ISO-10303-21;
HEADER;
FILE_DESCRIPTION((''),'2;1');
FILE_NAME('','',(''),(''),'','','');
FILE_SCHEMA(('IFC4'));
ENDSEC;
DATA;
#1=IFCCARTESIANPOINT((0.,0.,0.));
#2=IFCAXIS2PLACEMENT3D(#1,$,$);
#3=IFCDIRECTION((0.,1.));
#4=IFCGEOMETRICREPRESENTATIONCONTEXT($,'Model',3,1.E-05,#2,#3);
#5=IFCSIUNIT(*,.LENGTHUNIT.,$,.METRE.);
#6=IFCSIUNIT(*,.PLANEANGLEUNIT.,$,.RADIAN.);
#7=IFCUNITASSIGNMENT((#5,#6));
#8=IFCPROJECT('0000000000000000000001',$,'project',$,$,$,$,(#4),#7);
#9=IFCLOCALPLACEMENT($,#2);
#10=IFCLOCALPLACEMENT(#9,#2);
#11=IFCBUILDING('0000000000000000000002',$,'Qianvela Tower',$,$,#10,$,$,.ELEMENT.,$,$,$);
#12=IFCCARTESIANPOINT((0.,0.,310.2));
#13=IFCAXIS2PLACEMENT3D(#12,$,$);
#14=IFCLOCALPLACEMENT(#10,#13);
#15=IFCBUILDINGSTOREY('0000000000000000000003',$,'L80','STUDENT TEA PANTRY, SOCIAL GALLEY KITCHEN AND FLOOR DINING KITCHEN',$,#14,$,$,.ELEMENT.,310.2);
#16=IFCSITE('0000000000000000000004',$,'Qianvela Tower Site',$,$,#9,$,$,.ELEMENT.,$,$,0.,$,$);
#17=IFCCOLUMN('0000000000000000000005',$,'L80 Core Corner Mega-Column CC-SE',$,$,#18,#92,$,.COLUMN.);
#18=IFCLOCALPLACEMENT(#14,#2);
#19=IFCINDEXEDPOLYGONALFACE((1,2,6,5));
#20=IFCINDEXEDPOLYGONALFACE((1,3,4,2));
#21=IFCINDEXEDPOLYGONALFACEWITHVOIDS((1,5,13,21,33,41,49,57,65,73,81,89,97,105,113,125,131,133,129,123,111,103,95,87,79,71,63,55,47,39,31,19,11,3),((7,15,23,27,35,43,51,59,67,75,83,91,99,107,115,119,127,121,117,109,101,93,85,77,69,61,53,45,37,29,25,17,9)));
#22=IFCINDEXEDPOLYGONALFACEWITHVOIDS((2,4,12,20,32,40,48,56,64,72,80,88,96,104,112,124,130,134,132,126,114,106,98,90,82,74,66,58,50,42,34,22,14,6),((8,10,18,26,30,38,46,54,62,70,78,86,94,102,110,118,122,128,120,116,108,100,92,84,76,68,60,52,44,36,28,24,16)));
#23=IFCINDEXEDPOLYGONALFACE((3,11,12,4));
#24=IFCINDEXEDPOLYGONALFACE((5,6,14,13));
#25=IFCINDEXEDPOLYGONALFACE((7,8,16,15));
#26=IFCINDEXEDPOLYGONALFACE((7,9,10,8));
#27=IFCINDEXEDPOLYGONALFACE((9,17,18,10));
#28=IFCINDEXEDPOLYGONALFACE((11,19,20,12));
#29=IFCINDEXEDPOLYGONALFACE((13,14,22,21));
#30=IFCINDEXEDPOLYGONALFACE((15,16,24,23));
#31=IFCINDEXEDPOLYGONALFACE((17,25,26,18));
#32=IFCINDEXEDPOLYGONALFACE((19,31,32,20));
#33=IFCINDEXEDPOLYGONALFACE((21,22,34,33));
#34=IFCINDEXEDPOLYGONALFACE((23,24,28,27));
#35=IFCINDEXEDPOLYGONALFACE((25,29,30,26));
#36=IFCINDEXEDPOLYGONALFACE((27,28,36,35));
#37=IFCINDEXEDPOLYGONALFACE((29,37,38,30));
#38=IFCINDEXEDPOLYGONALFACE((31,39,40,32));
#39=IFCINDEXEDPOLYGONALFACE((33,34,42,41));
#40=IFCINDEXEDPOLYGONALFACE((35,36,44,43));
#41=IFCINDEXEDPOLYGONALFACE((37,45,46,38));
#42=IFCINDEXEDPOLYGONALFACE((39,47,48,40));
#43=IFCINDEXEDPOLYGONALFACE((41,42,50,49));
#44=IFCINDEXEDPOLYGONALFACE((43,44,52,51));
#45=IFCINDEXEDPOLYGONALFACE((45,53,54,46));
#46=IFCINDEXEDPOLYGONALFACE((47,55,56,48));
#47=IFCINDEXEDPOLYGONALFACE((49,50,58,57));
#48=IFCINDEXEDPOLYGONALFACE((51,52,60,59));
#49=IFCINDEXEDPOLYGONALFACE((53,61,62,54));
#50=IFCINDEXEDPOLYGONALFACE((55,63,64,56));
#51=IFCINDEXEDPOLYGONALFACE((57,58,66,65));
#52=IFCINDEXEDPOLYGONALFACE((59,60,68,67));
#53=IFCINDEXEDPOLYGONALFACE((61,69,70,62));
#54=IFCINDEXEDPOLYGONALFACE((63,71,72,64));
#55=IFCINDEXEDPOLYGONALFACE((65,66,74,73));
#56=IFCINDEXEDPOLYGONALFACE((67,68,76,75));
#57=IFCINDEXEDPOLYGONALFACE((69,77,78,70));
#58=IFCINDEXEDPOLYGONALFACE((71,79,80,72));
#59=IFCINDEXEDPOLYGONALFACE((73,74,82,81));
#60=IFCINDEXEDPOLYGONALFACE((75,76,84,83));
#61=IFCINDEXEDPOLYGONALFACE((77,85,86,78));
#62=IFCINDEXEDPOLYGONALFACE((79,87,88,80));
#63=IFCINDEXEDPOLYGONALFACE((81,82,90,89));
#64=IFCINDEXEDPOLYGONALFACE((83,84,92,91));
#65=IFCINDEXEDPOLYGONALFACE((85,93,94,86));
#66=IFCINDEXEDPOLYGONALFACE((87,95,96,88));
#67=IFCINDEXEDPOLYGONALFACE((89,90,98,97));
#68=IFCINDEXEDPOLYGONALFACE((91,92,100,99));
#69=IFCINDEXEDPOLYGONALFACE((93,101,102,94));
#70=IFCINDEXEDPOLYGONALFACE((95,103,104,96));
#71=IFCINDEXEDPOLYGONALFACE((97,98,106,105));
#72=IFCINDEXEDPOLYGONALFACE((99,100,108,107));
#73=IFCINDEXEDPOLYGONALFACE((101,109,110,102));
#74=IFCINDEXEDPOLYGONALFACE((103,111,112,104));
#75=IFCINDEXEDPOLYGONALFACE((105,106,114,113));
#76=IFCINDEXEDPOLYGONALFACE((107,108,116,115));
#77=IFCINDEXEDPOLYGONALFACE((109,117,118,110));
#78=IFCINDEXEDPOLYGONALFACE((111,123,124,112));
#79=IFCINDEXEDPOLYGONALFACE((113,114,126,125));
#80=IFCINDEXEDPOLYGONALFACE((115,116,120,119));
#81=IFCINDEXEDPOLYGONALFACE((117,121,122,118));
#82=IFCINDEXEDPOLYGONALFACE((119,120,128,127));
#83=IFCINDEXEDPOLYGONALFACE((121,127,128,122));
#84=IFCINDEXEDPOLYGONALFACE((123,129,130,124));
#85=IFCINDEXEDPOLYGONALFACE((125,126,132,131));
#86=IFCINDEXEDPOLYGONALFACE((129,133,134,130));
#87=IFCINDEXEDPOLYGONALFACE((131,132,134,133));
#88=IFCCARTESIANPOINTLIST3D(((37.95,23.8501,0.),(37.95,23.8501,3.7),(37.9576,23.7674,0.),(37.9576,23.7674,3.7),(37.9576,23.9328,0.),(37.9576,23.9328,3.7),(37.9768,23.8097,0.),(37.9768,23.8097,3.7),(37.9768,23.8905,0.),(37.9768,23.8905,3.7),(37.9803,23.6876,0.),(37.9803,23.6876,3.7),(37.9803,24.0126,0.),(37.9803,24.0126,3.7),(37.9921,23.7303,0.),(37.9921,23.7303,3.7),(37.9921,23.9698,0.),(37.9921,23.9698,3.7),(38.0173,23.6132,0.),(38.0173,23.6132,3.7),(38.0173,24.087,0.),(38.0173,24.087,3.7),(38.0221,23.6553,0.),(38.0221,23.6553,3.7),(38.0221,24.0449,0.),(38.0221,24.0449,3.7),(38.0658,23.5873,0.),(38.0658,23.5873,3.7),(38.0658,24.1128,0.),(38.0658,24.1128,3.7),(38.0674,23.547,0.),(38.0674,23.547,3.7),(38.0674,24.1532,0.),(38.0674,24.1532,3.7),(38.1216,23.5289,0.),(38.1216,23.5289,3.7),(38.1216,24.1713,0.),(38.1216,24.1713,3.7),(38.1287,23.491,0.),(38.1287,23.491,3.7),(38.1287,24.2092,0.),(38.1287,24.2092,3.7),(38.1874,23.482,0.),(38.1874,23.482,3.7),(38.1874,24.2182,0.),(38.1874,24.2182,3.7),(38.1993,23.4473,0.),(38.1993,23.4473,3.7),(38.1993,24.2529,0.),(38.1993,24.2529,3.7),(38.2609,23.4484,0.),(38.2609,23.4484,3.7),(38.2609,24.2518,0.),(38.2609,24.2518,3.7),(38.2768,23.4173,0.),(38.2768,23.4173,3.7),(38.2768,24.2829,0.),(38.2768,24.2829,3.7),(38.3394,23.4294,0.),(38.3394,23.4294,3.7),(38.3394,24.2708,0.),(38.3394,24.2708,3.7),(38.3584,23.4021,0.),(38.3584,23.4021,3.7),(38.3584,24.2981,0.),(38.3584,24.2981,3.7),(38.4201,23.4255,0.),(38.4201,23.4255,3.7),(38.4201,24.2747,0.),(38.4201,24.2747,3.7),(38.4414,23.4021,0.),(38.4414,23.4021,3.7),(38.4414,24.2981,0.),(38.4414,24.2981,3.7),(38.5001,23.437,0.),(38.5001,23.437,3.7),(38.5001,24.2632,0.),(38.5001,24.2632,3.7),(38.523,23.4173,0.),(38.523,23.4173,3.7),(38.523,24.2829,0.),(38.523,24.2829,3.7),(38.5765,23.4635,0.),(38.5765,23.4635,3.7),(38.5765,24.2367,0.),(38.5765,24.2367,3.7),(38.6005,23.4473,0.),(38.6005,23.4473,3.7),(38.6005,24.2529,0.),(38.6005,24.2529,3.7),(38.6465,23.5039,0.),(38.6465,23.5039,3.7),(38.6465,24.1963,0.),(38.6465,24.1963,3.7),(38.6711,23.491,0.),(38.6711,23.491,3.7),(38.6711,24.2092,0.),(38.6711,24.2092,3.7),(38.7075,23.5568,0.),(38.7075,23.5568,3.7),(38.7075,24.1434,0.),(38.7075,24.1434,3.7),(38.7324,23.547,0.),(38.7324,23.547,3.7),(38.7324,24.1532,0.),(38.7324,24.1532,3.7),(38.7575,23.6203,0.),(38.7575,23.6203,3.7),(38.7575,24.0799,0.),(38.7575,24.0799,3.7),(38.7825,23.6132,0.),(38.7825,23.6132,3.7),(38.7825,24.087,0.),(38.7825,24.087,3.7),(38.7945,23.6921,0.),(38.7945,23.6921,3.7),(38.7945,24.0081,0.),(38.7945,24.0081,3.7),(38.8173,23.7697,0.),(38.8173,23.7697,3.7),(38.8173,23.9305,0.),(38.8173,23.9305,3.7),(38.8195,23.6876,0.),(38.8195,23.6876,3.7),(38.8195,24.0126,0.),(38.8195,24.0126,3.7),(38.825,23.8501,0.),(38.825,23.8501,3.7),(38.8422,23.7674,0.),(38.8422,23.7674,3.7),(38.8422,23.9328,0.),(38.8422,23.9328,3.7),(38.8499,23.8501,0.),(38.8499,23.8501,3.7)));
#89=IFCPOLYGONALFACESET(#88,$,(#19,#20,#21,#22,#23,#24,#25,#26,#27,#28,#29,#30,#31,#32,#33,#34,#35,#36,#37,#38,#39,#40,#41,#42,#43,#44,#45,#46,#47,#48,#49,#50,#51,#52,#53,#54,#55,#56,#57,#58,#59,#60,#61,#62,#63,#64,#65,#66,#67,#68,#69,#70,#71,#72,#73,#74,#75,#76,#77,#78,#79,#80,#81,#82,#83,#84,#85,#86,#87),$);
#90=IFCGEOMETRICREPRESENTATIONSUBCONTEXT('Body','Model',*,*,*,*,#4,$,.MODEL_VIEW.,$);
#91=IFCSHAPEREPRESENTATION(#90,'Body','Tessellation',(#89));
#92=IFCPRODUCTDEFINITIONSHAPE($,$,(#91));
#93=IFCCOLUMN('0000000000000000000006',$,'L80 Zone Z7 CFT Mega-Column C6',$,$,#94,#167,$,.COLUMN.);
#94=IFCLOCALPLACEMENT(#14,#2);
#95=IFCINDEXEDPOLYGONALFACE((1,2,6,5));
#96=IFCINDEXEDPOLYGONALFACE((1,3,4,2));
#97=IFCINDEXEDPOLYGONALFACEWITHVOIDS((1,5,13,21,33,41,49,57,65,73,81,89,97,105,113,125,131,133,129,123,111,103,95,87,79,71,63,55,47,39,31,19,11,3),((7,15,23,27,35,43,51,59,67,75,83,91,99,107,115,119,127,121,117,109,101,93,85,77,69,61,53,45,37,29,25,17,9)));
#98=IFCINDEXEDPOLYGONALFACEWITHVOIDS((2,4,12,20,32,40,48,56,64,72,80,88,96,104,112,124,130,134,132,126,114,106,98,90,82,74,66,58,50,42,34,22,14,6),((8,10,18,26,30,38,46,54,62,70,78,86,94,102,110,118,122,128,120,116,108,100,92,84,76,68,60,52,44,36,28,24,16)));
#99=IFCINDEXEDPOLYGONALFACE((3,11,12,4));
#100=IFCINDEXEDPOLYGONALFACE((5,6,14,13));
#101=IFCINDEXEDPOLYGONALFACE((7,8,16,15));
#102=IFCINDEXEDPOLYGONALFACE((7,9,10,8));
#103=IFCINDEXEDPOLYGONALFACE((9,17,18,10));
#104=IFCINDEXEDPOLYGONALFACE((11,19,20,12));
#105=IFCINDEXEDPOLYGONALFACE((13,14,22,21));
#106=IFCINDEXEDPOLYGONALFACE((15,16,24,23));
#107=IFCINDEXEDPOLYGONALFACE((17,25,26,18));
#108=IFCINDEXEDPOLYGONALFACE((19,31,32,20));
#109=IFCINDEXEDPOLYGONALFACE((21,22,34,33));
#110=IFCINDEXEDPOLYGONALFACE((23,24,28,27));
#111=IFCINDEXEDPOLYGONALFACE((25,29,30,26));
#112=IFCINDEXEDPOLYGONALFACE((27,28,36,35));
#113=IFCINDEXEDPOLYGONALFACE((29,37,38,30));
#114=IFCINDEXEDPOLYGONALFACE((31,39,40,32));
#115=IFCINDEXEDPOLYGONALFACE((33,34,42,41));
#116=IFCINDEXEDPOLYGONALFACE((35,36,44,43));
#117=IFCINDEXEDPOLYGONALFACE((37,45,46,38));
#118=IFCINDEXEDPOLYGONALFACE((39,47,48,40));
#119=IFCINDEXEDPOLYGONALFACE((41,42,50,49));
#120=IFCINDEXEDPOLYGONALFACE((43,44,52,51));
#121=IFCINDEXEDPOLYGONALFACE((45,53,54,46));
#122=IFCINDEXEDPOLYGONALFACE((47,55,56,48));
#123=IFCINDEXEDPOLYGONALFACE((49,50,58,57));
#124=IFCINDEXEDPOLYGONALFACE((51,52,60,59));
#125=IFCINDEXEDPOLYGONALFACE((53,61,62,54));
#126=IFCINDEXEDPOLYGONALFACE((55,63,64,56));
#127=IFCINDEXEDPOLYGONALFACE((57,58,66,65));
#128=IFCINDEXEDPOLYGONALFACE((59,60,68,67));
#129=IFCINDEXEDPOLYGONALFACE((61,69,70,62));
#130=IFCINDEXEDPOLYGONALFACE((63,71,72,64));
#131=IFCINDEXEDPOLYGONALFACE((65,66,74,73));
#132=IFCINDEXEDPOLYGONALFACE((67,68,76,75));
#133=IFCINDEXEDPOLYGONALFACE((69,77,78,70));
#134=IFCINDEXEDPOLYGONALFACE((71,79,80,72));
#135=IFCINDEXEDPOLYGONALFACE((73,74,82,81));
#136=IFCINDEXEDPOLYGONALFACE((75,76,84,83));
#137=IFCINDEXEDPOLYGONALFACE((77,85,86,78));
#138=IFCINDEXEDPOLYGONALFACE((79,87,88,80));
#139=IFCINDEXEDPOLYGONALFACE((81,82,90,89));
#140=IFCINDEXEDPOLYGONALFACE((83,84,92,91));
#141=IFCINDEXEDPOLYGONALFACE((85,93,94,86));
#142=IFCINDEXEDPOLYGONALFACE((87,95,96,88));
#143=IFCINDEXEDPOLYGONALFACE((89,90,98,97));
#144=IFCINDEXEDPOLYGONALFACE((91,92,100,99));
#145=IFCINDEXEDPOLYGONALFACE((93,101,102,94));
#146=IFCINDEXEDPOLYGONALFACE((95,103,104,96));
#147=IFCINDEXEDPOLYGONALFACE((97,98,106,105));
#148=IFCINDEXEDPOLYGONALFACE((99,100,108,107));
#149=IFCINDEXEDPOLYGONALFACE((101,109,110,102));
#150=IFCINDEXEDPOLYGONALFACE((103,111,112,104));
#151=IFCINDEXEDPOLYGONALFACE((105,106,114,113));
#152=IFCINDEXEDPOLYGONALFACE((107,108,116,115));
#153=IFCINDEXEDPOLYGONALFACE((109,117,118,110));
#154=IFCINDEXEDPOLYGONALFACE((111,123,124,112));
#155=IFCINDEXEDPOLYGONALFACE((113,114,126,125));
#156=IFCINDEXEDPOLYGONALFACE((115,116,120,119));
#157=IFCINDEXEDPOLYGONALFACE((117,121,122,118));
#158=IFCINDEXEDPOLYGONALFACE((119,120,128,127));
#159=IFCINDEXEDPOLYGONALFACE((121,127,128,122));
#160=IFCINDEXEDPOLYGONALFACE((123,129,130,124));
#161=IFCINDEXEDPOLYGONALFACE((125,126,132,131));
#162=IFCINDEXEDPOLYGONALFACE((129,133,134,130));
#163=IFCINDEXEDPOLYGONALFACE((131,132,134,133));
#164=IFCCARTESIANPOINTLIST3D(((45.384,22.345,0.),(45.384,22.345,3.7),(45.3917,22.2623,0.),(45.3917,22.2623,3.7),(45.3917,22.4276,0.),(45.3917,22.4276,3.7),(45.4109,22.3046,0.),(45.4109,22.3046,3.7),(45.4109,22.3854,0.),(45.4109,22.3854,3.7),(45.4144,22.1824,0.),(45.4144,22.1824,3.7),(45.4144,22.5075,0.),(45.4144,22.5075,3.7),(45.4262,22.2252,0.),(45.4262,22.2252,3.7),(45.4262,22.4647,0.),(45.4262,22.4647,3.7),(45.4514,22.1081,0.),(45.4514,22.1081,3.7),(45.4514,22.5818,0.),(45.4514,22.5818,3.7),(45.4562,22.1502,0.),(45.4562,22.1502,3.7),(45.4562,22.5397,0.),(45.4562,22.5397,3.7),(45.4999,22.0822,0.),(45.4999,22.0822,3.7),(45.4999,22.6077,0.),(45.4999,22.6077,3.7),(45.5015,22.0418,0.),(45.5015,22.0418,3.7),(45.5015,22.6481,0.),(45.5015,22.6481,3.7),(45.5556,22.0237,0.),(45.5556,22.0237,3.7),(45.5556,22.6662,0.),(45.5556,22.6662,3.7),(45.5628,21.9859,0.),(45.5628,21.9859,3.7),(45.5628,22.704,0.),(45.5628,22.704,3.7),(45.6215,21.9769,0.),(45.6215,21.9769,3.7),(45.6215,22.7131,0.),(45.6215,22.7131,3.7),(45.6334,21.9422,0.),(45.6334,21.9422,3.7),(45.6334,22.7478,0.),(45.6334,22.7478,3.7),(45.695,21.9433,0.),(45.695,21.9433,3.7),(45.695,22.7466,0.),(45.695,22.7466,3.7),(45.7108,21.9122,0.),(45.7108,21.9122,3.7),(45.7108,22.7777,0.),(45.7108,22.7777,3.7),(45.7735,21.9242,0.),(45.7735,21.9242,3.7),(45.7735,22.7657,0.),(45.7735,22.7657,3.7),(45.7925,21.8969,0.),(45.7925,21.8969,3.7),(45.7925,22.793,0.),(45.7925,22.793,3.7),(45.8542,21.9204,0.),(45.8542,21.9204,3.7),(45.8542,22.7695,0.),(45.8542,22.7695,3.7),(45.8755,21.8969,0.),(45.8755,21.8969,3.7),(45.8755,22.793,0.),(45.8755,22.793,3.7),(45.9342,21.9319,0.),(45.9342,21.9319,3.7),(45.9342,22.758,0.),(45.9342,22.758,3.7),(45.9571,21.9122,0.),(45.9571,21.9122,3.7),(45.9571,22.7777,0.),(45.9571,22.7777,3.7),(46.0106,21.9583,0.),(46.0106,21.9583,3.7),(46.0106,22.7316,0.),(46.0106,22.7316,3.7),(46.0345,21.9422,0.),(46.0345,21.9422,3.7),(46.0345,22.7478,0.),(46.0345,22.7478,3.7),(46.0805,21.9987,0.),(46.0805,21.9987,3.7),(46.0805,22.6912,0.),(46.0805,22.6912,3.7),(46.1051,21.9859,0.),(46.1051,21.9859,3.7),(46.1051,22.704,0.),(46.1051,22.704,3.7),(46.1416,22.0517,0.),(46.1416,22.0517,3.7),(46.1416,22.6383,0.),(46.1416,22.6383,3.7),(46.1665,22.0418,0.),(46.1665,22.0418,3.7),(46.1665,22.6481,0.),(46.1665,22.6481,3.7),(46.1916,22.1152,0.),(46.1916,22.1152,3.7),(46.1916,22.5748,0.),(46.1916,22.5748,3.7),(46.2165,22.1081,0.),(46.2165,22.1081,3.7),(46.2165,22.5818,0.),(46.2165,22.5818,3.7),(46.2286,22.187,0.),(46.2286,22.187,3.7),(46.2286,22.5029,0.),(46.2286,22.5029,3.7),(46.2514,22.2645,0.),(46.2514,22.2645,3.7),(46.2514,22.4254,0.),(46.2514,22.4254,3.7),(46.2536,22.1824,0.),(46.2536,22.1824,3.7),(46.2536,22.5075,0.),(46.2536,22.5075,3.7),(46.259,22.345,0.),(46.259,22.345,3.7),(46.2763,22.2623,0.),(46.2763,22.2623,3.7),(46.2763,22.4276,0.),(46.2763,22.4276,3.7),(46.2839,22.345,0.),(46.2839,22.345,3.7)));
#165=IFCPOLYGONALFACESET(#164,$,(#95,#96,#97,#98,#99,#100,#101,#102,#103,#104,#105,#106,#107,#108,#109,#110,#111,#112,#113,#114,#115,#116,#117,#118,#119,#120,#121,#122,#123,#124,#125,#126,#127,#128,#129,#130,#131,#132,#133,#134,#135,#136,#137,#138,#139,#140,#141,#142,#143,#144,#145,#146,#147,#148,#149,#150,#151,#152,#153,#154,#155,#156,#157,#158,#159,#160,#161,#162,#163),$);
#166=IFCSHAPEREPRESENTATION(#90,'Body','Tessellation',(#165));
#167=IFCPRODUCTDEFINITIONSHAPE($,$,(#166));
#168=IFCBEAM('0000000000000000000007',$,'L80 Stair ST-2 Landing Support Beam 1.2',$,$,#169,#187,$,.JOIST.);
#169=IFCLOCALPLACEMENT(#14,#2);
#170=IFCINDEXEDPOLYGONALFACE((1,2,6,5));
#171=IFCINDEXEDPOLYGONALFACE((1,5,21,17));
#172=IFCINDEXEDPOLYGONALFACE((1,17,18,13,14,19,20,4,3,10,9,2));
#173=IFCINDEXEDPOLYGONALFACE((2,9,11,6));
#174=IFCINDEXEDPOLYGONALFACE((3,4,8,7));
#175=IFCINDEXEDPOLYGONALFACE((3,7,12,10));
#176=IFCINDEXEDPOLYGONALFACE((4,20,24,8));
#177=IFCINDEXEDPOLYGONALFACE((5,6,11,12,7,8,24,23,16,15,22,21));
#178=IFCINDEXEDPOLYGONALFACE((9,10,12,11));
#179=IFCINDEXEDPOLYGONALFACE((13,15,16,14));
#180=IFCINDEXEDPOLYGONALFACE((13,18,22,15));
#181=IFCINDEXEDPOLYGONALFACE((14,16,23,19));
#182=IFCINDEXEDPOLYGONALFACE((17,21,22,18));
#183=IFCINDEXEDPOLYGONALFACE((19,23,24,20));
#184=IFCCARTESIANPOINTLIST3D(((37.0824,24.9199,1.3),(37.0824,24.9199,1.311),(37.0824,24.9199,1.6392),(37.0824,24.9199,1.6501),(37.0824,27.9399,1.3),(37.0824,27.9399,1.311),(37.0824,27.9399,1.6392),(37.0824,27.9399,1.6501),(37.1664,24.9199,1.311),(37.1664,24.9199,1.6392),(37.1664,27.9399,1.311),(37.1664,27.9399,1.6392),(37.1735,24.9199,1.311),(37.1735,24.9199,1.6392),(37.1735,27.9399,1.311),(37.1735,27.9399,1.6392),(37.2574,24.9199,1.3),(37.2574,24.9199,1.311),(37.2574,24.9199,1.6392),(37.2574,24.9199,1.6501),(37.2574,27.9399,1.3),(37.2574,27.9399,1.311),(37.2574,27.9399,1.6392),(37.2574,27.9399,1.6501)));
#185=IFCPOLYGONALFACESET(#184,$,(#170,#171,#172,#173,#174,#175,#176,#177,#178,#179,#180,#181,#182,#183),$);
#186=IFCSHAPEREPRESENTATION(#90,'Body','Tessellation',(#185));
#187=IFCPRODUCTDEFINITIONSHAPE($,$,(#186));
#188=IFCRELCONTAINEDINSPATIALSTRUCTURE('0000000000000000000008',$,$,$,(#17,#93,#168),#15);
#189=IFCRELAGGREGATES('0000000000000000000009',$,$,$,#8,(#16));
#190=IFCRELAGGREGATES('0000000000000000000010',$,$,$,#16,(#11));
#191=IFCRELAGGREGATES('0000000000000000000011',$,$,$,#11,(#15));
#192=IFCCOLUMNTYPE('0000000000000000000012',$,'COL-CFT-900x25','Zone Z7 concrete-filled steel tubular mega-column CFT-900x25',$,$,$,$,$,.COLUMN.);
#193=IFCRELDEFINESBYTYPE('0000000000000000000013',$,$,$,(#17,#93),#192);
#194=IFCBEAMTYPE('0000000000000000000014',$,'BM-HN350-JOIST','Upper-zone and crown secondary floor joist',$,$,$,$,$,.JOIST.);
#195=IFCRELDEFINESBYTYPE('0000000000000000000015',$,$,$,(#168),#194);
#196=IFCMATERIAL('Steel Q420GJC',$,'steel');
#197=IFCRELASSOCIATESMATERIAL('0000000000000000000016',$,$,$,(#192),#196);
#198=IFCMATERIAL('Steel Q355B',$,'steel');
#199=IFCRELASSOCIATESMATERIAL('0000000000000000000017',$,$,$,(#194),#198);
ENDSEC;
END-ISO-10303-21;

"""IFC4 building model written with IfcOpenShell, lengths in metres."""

from ifc_helpers import new_model, si_unit, direction, frame, origin, origin_2d, place, context, subcontext, project, spatial, hollow_circle, i_section, extrude, material, material_profile, profile_set, type_object, element, save


model = new_model("IFC4")

# Units and contexts
model_context = context("Model", 3, precision=1e-05, world=origin(), true_north=direction((0.0, 1.0)))
body_context = subcontext(model_context, "Body", "Model", "MODEL_VIEW")
ifc_project = project(units=[si_unit("LENGTHUNIT", "METRE"), si_unit("PLANEANGLEUNIT", "RADIAN")], contexts=[model_context])

# Site, building, storey
site_placement = place(None, origin())
site = spatial("IfcSite", under=ifc_project, at=site_placement, Name="Qianvela Tower Site", CompositionType="ELEMENT", RefElevation=0.0)
building_placement = place(site_placement, origin())
building = spatial("IfcBuilding", under=site, at=building_placement, Name="Qianvela Tower", CompositionType="ELEMENT")
storey_placement = place(building_placement, frame((0.0, 0.0, 310.2)))
storey = spatial("IfcBuildingStorey", under=building, at=storey_placement, Name="L80", Description="STUDENT TEA PANTRY, SOCIAL GALLEY KITCHEN AND FLOOR DINING KITCHEN", CompositionType="ELEMENT", Elevation=310.2)

# Columns
ifc_material_1 = material(Name="Steel Q420GJC", Category="steel")
ifc_material_profile_1 = material_profile(ifc_material_1, hollow_circle(Radius=0.45, WallThickness=0.0249, at=origin_2d()), Name="CFT-900x25")
ifc_profile_set_1 = profile_set([ifc_material_profile_1], Name="Steel Q420GJC")
column_type = type_object("IfcColumnType", Name="COL-CFT-900x25", Description="Zone Z7 concrete-filled steel tubular mega-column CFT-900x25", PredefinedType="COLUMN", material=ifc_profile_set_1)
for number, where, z_axis, x_axis, name in (
    (1, (38.3999, 23.8501, 0.0), (0.0, 0.0, 1.0), (1.0, 0.0, 0.0), "L80 Core Corner Mega-Column CC-SE"),
    (2, (45.834, 22.345, 0.0), (0.0, 0.0, 1.0), (1.0, 0.0, 0.0), "L80 Zone Z7 CFT Mega-Column C6"),
):
    element("IfcColumn", number, at=place(storey_placement, frame(where, z_axis=z_axis, x_axis=x_axis)), inside=storey, type_object=column_type, Name=name, PredefinedType="COLUMN", context=body_context, shape_type="SweptSolid", body=[
        extrude(hollow_circle(Radius=0.45, WallThickness=0.0249, at=origin_2d()), origin(), (0.0, 0.0, 1.0), 3.7),
    ])

# Beam
ifc_material_2 = material(Name="Steel Q355B", Category="steel")
ifc_material_profile_2 = material_profile(ifc_material_2, i_section(OverallWidth=0.175, OverallDepth=0.3501, WebThickness=0.0071, FlangeThickness=0.011, at=origin_2d()), Name="HN350x175x7x11")
ifc_profile_set_2 = profile_set([ifc_material_profile_2], Name="Steel Q355B")
beam_type_1 = type_object("IfcBeamType", Name="BM-HN350-JOIST", Description="Upper-zone and crown secondary floor joist", PredefinedType="JOIST", material=ifc_profile_set_2)
beam_1_placement = place(storey_placement, frame((37.1699, 24.9199, 1.4751), z_axis=(0.0, 1.0, 0.0), x_axis=(-1.0, 0.0, 0.0)))
element("IfcBeam", 3, at=beam_1_placement, inside=storey, type_object=beam_type_1, Name="L80 Stair ST-2 Landing Support Beam 1.2", PredefinedType="JOIST", context=body_context, shape_type="SweptSolid", body=[
    extrude(i_section(OverallWidth=0.175, OverallDepth=0.3501, WebThickness=0.0071, FlangeThickness=0.011, at=origin_2d()), origin(), (0.0, 0.0, 1.0), 3.02),
])

save(model, "model.ifc")
